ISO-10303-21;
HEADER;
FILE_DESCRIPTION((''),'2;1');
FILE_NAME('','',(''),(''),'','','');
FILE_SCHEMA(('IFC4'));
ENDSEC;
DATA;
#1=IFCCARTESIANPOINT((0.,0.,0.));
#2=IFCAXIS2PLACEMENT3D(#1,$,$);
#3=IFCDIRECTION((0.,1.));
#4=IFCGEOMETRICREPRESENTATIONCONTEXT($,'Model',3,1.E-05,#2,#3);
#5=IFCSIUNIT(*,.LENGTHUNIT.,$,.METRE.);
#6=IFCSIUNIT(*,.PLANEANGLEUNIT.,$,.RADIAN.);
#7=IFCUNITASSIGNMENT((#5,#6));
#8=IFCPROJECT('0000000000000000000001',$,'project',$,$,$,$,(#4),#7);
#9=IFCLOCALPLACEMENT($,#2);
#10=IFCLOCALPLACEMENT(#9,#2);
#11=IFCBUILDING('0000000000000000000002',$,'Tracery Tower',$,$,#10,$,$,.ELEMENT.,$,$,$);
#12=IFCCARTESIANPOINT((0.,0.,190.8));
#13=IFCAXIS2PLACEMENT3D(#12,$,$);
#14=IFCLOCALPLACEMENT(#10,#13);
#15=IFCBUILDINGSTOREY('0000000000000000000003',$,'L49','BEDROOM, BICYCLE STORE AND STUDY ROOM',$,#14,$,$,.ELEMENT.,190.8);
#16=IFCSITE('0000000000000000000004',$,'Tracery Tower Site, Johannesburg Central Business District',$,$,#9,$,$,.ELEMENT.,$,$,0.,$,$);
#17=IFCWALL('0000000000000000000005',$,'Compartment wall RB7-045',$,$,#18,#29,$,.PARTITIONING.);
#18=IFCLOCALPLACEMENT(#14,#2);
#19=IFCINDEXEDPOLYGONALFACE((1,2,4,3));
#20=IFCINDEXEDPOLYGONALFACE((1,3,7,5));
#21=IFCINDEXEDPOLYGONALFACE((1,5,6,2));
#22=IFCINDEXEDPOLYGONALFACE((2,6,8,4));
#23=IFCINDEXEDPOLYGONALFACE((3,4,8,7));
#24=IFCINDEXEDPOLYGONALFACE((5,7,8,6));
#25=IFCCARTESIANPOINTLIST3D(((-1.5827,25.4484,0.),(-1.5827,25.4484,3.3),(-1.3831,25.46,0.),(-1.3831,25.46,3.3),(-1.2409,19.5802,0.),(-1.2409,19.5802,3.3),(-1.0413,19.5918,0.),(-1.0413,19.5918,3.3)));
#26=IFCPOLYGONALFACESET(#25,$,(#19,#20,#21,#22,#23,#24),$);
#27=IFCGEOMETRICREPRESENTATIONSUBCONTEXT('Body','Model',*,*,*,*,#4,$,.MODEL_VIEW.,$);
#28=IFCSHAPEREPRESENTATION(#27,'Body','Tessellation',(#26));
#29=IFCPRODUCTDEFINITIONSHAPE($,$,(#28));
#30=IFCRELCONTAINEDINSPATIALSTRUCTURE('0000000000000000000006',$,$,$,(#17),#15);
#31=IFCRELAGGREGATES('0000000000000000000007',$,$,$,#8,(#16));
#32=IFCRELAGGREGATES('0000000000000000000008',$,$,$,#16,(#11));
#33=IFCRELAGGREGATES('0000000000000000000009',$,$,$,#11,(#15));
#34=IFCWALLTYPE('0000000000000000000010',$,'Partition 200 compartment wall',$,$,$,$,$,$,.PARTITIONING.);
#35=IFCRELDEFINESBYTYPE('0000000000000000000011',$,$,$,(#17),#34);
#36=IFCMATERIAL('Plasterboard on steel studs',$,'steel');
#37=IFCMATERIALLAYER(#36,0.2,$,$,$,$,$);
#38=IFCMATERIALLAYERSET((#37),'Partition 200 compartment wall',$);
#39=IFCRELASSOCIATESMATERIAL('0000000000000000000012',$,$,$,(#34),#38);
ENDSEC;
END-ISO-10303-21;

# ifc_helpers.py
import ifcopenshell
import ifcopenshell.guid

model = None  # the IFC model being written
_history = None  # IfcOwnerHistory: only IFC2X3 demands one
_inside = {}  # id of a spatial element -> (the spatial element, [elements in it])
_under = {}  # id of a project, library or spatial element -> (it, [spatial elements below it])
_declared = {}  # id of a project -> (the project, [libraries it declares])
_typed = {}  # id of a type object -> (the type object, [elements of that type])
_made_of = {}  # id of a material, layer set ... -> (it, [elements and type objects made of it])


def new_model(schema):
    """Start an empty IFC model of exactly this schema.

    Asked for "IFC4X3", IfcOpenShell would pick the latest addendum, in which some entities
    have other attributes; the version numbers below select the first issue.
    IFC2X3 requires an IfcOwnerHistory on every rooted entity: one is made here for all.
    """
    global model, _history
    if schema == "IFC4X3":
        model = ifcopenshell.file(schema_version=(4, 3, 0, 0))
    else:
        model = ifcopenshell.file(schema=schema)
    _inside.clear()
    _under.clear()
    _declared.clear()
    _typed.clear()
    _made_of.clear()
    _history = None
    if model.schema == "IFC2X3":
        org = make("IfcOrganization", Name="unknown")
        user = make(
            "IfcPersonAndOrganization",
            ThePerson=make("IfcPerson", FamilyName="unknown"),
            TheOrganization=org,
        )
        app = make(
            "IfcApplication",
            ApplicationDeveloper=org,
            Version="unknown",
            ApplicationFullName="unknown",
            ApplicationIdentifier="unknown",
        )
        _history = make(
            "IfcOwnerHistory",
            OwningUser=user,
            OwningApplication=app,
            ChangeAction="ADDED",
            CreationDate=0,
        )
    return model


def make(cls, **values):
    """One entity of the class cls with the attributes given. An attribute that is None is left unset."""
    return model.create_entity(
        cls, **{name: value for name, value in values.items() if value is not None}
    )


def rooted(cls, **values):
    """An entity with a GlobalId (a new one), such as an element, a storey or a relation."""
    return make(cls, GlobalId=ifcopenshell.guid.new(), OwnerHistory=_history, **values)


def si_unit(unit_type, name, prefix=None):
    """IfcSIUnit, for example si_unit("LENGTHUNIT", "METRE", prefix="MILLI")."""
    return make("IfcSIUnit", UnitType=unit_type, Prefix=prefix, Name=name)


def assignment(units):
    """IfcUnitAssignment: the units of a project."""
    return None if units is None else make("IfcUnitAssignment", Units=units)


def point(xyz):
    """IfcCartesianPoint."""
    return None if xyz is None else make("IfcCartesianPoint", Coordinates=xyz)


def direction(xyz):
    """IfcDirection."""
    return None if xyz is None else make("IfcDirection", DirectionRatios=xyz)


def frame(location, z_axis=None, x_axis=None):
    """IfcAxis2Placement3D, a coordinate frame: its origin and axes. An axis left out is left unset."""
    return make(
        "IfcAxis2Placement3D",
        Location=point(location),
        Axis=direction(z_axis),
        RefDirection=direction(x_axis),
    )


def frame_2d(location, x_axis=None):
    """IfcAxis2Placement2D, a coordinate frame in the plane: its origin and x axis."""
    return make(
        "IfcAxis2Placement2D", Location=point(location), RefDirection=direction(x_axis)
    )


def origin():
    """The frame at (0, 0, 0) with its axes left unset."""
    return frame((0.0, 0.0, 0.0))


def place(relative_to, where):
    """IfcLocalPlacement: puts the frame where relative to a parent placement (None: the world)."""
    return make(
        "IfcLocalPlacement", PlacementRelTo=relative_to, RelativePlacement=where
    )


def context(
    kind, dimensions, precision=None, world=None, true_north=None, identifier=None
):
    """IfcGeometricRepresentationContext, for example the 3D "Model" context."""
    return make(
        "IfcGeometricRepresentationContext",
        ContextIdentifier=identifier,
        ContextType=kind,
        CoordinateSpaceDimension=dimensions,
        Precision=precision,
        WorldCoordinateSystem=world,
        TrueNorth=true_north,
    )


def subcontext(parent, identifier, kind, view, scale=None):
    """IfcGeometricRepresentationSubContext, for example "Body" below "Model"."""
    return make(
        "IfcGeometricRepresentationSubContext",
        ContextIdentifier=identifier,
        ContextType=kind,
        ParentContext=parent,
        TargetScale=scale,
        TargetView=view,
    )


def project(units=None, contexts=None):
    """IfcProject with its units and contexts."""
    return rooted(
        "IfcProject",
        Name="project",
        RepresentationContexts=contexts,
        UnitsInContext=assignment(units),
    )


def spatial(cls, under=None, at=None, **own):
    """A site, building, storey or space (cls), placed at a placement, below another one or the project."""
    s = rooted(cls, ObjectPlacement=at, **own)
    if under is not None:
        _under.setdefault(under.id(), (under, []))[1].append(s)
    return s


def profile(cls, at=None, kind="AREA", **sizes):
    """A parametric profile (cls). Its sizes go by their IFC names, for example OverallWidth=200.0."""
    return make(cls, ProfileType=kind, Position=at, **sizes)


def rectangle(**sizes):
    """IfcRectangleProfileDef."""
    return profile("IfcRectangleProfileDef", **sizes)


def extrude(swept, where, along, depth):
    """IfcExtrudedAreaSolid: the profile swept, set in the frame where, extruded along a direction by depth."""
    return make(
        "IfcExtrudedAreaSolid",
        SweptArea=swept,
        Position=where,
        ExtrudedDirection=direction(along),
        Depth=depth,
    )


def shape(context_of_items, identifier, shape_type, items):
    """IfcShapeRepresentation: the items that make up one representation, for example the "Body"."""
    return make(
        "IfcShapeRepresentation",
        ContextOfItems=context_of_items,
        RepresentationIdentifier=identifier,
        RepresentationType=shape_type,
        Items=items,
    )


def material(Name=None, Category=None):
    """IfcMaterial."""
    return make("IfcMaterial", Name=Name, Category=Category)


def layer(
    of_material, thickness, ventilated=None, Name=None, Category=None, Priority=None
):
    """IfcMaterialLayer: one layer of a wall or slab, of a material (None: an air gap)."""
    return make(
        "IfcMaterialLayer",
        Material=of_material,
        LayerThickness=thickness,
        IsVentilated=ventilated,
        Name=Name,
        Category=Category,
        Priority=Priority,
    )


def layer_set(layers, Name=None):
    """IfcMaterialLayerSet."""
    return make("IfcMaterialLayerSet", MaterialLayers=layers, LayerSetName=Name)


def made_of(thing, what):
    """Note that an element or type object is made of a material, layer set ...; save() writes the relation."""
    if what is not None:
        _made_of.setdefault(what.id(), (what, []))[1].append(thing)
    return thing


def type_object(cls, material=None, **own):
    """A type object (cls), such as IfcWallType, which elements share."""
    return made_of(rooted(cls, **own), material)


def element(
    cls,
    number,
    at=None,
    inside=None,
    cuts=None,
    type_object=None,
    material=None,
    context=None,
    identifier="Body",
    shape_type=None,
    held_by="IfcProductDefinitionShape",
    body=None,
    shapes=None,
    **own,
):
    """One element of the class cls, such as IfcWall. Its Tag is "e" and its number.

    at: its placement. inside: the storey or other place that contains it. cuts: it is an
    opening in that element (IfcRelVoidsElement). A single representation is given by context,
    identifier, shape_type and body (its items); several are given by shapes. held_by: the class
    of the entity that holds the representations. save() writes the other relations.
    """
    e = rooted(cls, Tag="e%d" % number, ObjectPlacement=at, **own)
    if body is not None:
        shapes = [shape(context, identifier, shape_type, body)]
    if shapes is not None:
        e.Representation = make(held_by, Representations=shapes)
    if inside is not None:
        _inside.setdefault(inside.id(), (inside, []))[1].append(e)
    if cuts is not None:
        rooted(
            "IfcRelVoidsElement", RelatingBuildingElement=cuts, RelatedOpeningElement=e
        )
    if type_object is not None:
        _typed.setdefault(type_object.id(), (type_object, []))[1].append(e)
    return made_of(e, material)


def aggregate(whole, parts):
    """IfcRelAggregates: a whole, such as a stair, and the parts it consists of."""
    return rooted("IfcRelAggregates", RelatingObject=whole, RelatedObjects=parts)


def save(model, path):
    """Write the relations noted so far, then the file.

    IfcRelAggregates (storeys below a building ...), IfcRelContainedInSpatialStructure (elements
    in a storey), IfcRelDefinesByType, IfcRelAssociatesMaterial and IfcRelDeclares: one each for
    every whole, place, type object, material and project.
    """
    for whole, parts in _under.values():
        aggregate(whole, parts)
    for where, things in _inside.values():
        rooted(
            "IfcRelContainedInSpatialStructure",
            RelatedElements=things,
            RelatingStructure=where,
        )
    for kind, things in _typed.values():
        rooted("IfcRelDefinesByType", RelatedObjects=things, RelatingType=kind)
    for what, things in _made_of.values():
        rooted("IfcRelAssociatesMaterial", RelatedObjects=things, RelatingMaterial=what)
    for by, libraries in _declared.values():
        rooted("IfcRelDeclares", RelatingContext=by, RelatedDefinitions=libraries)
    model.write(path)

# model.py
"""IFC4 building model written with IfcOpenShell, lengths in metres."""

from ifc_helpers import new_model, si_unit, direction, frame, frame_2d, origin, place, context, subcontext, project, spatial, rectangle, extrude, material, layer, layer_set, type_object, element, save


model = new_model("IFC4")

# Units and contexts
model_context = context("Model", 3, precision=1e-05, world=origin(), true_north=direction((0.0, 1.0)))
body_context = subcontext(model_context, "Body", "Model", "MODEL_VIEW")
ifc_project = project(units=[si_unit("LENGTHUNIT", "METRE"), si_unit("PLANEANGLEUNIT", "RADIAN")], contexts=[model_context])

# Site, building, storey
site_placement = place(None, origin())
site = spatial("IfcSite", under=ifc_project, at=site_placement, Name="Tracery Tower Site, Johannesburg Central Business District", CompositionType="ELEMENT", RefElevation=0.0)
building_placement = place(site_placement, origin())
building = spatial("IfcBuilding", under=site, at=building_placement, Name="Tracery Tower", CompositionType="ELEMENT")
storey_placement = place(building_placement, frame((0.0, 0.0, 190.8)))
storey = spatial("IfcBuildingStorey", under=building, at=storey_placement, Name="L49", Description="BEDROOM, BICYCLE STORE AND STUDY ROOM", CompositionType="ELEMENT", Elevation=190.8)

# Wall
ifc_material_1 = material(Name="Plasterboard on steel studs", Category="steel")
ifc_layer_1 = layer(ifc_material_1, 0.2)
ifc_layer_set_1 = layer_set([ifc_layer_1], Name="Partition 200 compartment wall")
wall_type_1 = type_object("IfcWallType", Name="Partition 200 compartment wall", PredefinedType="PARTITIONING", material=ifc_layer_set_1)
wall_1_placement = place(storey_placement, frame((-1.4829, 25.4541, 0.0), z_axis=(0.0, 0.0, 1.0), x_axis=(0.058147, -0.998308, 0.0)))
element("IfcWall", 1, at=wall_1_placement, inside=storey, type_object=wall_type_1, Name="Compartment wall RB7-045", PredefinedType="PARTITIONING", context=body_context, shape_type="SweptSolid", body=[
    extrude(rectangle(XDim=5.8782, YDim=0.2, at=frame_2d((2.939, 0.0))), origin(), (0.0, 0.0, 1.0), 3.3),
])

save(model, "model.ifc")
